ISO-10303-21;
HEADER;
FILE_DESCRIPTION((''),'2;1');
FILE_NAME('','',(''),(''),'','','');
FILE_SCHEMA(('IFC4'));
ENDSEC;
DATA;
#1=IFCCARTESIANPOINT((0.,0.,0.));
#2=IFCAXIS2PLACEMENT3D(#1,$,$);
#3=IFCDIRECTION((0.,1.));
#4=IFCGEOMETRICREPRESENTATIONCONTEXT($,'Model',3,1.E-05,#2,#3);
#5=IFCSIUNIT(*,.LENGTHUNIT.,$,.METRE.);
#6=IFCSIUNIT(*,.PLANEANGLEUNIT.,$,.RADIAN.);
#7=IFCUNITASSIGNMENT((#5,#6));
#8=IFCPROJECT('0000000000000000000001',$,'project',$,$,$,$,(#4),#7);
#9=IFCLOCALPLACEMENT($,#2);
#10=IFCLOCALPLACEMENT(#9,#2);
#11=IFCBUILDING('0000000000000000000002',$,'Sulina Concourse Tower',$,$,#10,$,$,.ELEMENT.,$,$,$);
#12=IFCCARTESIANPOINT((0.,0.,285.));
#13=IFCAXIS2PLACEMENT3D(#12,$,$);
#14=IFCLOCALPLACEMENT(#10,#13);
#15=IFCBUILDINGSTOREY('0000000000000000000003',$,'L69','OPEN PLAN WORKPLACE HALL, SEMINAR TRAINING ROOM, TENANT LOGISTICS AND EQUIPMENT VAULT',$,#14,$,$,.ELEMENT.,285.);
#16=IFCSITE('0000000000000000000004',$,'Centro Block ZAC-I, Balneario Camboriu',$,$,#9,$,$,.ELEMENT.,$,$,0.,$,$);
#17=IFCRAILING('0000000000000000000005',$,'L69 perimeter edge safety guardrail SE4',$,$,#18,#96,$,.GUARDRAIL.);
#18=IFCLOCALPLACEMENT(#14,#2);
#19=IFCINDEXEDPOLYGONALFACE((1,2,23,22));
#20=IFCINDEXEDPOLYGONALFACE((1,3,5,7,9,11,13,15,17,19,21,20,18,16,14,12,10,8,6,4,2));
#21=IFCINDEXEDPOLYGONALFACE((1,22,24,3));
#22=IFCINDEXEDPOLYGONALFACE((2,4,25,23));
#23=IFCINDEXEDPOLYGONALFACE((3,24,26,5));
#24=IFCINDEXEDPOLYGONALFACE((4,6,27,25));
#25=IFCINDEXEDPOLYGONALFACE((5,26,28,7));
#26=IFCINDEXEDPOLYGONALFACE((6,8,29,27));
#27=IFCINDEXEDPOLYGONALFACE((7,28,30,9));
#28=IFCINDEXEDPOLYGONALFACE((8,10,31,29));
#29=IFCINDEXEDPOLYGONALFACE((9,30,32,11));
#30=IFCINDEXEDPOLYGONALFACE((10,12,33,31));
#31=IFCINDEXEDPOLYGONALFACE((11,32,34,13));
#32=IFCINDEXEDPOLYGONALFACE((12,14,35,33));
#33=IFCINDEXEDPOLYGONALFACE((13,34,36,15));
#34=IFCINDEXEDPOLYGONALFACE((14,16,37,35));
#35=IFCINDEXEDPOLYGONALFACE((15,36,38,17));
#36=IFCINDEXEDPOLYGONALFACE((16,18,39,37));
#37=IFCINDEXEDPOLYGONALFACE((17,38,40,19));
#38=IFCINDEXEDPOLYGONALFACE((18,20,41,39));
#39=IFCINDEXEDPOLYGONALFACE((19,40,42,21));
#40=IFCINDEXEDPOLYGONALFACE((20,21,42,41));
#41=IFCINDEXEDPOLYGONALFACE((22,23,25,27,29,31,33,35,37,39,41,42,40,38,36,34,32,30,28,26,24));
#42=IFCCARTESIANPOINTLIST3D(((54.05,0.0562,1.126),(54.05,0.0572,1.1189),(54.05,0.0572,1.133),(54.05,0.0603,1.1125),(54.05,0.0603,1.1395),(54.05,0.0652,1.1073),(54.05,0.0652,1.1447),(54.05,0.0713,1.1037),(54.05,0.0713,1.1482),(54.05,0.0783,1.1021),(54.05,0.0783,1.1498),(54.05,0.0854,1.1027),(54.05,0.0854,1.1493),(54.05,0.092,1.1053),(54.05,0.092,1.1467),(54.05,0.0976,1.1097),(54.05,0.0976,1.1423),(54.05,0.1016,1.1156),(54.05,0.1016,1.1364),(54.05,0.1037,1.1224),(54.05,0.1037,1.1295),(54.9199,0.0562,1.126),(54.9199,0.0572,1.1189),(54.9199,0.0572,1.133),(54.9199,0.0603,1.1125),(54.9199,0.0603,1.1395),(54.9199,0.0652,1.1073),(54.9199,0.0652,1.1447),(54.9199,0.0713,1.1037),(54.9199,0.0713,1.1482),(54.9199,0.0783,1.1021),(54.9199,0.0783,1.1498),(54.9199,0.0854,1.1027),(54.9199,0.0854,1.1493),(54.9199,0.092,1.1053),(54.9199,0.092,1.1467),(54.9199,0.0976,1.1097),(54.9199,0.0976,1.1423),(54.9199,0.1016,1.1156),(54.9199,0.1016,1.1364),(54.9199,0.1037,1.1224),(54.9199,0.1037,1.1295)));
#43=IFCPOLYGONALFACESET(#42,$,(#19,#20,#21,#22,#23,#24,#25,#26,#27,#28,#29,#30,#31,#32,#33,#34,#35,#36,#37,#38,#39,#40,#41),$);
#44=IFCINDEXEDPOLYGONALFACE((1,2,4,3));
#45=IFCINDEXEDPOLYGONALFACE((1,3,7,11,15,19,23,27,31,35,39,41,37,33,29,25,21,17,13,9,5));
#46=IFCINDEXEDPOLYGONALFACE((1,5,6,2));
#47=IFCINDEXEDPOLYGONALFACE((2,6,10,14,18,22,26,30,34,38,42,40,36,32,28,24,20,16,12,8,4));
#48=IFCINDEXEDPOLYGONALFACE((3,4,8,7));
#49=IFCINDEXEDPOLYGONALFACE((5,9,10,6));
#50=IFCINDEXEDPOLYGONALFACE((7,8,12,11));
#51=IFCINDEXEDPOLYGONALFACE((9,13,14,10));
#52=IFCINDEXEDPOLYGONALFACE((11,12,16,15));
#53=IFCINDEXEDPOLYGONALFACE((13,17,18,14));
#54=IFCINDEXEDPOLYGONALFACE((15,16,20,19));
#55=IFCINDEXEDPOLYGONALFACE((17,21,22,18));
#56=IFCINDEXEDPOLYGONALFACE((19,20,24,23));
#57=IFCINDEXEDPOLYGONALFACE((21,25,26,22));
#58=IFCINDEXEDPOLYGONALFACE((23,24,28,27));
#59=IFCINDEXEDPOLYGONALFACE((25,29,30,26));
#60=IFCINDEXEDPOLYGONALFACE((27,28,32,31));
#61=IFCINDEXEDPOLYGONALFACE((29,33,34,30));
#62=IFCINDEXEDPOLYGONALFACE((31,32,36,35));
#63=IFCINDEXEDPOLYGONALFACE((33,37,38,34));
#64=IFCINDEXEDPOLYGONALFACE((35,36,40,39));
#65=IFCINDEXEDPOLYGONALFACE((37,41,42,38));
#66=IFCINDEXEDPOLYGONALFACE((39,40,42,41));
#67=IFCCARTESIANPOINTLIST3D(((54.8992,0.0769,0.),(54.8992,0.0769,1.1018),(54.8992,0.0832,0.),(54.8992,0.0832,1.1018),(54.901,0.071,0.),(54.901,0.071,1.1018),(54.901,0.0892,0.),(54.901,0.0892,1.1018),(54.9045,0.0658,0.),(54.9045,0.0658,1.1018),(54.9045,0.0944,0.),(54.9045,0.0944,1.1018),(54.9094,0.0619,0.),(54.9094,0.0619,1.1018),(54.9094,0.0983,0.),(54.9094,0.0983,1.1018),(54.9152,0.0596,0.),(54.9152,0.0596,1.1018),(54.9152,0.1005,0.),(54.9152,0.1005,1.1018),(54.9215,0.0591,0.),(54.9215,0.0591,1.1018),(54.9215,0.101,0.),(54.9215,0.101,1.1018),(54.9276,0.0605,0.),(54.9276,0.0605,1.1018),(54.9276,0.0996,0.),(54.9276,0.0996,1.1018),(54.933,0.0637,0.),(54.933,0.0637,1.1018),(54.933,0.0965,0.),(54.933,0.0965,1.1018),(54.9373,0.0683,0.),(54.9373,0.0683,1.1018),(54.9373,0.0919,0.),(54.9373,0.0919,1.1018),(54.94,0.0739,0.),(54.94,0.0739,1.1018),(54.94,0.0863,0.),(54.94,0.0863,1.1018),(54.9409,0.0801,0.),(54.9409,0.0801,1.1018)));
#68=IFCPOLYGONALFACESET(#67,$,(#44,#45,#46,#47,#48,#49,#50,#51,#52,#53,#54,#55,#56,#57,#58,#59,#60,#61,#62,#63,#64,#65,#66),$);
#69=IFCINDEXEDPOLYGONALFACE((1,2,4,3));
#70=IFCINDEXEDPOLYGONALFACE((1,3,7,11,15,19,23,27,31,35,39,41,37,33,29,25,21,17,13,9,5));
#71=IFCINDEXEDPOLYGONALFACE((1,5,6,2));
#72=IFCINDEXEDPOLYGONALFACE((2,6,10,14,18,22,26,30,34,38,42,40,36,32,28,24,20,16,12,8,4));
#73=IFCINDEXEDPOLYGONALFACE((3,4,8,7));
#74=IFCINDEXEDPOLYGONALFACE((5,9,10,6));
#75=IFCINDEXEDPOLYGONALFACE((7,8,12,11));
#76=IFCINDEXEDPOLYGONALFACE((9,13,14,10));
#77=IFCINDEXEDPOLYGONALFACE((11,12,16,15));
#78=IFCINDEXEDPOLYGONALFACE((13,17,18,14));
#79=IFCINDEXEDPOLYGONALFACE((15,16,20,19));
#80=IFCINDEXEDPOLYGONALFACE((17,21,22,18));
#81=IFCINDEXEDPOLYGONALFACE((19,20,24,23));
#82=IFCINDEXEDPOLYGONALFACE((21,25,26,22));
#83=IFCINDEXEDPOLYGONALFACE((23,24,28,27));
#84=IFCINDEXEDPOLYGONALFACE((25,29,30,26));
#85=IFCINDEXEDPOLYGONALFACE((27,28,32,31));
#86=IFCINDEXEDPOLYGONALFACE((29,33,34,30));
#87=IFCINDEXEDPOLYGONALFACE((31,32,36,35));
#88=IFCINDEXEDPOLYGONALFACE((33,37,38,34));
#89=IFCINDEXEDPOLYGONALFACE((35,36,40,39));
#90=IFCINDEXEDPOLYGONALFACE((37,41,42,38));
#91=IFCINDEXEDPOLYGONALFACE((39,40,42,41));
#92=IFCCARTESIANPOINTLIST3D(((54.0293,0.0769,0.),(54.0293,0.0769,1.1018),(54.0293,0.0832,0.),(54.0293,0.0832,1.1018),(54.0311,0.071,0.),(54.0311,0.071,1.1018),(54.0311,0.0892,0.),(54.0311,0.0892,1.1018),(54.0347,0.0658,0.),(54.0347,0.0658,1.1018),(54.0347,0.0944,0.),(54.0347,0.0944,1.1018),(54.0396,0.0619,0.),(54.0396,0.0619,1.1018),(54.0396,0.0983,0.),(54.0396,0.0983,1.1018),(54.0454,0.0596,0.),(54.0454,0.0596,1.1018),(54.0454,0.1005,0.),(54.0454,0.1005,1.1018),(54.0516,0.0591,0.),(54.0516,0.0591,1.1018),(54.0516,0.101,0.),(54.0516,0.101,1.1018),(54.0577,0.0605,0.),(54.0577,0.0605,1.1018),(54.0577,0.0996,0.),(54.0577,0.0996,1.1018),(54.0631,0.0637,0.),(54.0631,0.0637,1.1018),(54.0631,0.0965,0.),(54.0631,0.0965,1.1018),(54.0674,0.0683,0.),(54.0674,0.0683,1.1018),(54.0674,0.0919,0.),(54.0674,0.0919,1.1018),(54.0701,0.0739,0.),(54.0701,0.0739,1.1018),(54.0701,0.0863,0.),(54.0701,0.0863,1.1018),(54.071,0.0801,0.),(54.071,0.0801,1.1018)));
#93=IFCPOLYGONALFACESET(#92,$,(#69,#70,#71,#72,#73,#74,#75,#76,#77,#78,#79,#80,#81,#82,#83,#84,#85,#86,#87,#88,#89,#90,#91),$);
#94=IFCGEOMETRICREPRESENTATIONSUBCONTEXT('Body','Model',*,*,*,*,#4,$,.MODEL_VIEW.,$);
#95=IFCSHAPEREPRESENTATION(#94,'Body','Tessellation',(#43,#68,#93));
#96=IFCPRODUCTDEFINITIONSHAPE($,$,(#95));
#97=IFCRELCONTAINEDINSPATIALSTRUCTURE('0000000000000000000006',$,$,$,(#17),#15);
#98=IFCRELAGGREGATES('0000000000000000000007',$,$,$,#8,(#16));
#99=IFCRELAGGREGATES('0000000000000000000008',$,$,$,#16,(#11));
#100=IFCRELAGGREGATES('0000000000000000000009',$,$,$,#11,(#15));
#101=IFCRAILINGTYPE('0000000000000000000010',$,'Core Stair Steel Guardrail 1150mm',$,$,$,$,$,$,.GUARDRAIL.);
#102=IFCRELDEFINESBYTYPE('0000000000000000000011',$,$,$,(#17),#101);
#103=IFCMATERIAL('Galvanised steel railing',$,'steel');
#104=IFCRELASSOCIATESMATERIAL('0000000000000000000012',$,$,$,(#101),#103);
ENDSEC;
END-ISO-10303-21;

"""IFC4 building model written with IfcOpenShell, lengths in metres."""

from ifc_helpers import new_model, si_unit, direction, frame, origin, origin_2d, place, context, subcontext, project, spatial, circle, extrude, material, type_object, element, save


model = new_model("IFC4")

# Units and contexts
model_context = context("Model", 3, precision=1e-05, world=origin(), true_north=direction((0.0, 1.0)))
body_context = subcontext(model_context, "Body", "Model", "MODEL_VIEW")
ifc_project = project(units=[si_unit("LENGTHUNIT", "METRE"), si_unit("PLANEANGLEUNIT", "RADIAN")], contexts=[model_context])

# Site, building, storey
site_placement = place(None, origin())
site = spatial("IfcSite", under=ifc_project, at=site_placement, Name="Centro Block ZAC-I, Balneario Camboriu", CompositionType="ELEMENT", RefElevation=0.0)
building_placement = place(site_placement, origin())
building = spatial("IfcBuilding", under=site, at=building_placement, Name="Sulina Concourse Tower", CompositionType="ELEMENT")
storey_placement = place(building_placement, frame((0.0, 0.0, 285.0)))
storey = spatial("IfcBuildingStorey", under=building, at=storey_placement, Name="L69", Description="OPEN PLAN WORKPLACE HALL, SEMINAR TRAINING ROOM, TENANT LOGISTICS AND EQUIPMENT VAULT", CompositionType="ELEMENT", Elevation=285.0)

# Railing
ifc_material_1 = material(Name="Galvanised steel railing", Category="steel")
railing_type = type_object("IfcRailingType", Name="Core Stair Steel Guardrail 1150mm", PredefinedType="GUARDRAIL", material=ifc_material_1)
railing_1_placement = place(storey_placement, frame((54.9199, 0.0801, 0.0)))
element("IfcRailing", 1, at=railing_1_placement, inside=storey, type_object=railing_type, Name="L69 perimeter edge safety guardrail SE4", PredefinedType="GUARDRAIL", context=body_context, shape_type="SweptSolid", body=[
    extrude(circle(Radius=0.0239, at=origin_2d()), frame((0.0, 0.0, 1.126), z_axis=(-1.0, 0.0, 0.0), x_axis=(0.0, -1.0, 0.0)), (0.0, 0.0, 1.0), 0.8699),
    extrude(circle(Radius=0.021, at=origin_2d()), origin(), (0.0, 0.0, 1.0), 1.1018),
    extrude(circle(Radius=0.021, at=origin_2d()), frame((-0.8699, 0.0, 0.0)), (0.0, 0.0, 1.0), 1.1018),
])

save(model, "model.ifc")
